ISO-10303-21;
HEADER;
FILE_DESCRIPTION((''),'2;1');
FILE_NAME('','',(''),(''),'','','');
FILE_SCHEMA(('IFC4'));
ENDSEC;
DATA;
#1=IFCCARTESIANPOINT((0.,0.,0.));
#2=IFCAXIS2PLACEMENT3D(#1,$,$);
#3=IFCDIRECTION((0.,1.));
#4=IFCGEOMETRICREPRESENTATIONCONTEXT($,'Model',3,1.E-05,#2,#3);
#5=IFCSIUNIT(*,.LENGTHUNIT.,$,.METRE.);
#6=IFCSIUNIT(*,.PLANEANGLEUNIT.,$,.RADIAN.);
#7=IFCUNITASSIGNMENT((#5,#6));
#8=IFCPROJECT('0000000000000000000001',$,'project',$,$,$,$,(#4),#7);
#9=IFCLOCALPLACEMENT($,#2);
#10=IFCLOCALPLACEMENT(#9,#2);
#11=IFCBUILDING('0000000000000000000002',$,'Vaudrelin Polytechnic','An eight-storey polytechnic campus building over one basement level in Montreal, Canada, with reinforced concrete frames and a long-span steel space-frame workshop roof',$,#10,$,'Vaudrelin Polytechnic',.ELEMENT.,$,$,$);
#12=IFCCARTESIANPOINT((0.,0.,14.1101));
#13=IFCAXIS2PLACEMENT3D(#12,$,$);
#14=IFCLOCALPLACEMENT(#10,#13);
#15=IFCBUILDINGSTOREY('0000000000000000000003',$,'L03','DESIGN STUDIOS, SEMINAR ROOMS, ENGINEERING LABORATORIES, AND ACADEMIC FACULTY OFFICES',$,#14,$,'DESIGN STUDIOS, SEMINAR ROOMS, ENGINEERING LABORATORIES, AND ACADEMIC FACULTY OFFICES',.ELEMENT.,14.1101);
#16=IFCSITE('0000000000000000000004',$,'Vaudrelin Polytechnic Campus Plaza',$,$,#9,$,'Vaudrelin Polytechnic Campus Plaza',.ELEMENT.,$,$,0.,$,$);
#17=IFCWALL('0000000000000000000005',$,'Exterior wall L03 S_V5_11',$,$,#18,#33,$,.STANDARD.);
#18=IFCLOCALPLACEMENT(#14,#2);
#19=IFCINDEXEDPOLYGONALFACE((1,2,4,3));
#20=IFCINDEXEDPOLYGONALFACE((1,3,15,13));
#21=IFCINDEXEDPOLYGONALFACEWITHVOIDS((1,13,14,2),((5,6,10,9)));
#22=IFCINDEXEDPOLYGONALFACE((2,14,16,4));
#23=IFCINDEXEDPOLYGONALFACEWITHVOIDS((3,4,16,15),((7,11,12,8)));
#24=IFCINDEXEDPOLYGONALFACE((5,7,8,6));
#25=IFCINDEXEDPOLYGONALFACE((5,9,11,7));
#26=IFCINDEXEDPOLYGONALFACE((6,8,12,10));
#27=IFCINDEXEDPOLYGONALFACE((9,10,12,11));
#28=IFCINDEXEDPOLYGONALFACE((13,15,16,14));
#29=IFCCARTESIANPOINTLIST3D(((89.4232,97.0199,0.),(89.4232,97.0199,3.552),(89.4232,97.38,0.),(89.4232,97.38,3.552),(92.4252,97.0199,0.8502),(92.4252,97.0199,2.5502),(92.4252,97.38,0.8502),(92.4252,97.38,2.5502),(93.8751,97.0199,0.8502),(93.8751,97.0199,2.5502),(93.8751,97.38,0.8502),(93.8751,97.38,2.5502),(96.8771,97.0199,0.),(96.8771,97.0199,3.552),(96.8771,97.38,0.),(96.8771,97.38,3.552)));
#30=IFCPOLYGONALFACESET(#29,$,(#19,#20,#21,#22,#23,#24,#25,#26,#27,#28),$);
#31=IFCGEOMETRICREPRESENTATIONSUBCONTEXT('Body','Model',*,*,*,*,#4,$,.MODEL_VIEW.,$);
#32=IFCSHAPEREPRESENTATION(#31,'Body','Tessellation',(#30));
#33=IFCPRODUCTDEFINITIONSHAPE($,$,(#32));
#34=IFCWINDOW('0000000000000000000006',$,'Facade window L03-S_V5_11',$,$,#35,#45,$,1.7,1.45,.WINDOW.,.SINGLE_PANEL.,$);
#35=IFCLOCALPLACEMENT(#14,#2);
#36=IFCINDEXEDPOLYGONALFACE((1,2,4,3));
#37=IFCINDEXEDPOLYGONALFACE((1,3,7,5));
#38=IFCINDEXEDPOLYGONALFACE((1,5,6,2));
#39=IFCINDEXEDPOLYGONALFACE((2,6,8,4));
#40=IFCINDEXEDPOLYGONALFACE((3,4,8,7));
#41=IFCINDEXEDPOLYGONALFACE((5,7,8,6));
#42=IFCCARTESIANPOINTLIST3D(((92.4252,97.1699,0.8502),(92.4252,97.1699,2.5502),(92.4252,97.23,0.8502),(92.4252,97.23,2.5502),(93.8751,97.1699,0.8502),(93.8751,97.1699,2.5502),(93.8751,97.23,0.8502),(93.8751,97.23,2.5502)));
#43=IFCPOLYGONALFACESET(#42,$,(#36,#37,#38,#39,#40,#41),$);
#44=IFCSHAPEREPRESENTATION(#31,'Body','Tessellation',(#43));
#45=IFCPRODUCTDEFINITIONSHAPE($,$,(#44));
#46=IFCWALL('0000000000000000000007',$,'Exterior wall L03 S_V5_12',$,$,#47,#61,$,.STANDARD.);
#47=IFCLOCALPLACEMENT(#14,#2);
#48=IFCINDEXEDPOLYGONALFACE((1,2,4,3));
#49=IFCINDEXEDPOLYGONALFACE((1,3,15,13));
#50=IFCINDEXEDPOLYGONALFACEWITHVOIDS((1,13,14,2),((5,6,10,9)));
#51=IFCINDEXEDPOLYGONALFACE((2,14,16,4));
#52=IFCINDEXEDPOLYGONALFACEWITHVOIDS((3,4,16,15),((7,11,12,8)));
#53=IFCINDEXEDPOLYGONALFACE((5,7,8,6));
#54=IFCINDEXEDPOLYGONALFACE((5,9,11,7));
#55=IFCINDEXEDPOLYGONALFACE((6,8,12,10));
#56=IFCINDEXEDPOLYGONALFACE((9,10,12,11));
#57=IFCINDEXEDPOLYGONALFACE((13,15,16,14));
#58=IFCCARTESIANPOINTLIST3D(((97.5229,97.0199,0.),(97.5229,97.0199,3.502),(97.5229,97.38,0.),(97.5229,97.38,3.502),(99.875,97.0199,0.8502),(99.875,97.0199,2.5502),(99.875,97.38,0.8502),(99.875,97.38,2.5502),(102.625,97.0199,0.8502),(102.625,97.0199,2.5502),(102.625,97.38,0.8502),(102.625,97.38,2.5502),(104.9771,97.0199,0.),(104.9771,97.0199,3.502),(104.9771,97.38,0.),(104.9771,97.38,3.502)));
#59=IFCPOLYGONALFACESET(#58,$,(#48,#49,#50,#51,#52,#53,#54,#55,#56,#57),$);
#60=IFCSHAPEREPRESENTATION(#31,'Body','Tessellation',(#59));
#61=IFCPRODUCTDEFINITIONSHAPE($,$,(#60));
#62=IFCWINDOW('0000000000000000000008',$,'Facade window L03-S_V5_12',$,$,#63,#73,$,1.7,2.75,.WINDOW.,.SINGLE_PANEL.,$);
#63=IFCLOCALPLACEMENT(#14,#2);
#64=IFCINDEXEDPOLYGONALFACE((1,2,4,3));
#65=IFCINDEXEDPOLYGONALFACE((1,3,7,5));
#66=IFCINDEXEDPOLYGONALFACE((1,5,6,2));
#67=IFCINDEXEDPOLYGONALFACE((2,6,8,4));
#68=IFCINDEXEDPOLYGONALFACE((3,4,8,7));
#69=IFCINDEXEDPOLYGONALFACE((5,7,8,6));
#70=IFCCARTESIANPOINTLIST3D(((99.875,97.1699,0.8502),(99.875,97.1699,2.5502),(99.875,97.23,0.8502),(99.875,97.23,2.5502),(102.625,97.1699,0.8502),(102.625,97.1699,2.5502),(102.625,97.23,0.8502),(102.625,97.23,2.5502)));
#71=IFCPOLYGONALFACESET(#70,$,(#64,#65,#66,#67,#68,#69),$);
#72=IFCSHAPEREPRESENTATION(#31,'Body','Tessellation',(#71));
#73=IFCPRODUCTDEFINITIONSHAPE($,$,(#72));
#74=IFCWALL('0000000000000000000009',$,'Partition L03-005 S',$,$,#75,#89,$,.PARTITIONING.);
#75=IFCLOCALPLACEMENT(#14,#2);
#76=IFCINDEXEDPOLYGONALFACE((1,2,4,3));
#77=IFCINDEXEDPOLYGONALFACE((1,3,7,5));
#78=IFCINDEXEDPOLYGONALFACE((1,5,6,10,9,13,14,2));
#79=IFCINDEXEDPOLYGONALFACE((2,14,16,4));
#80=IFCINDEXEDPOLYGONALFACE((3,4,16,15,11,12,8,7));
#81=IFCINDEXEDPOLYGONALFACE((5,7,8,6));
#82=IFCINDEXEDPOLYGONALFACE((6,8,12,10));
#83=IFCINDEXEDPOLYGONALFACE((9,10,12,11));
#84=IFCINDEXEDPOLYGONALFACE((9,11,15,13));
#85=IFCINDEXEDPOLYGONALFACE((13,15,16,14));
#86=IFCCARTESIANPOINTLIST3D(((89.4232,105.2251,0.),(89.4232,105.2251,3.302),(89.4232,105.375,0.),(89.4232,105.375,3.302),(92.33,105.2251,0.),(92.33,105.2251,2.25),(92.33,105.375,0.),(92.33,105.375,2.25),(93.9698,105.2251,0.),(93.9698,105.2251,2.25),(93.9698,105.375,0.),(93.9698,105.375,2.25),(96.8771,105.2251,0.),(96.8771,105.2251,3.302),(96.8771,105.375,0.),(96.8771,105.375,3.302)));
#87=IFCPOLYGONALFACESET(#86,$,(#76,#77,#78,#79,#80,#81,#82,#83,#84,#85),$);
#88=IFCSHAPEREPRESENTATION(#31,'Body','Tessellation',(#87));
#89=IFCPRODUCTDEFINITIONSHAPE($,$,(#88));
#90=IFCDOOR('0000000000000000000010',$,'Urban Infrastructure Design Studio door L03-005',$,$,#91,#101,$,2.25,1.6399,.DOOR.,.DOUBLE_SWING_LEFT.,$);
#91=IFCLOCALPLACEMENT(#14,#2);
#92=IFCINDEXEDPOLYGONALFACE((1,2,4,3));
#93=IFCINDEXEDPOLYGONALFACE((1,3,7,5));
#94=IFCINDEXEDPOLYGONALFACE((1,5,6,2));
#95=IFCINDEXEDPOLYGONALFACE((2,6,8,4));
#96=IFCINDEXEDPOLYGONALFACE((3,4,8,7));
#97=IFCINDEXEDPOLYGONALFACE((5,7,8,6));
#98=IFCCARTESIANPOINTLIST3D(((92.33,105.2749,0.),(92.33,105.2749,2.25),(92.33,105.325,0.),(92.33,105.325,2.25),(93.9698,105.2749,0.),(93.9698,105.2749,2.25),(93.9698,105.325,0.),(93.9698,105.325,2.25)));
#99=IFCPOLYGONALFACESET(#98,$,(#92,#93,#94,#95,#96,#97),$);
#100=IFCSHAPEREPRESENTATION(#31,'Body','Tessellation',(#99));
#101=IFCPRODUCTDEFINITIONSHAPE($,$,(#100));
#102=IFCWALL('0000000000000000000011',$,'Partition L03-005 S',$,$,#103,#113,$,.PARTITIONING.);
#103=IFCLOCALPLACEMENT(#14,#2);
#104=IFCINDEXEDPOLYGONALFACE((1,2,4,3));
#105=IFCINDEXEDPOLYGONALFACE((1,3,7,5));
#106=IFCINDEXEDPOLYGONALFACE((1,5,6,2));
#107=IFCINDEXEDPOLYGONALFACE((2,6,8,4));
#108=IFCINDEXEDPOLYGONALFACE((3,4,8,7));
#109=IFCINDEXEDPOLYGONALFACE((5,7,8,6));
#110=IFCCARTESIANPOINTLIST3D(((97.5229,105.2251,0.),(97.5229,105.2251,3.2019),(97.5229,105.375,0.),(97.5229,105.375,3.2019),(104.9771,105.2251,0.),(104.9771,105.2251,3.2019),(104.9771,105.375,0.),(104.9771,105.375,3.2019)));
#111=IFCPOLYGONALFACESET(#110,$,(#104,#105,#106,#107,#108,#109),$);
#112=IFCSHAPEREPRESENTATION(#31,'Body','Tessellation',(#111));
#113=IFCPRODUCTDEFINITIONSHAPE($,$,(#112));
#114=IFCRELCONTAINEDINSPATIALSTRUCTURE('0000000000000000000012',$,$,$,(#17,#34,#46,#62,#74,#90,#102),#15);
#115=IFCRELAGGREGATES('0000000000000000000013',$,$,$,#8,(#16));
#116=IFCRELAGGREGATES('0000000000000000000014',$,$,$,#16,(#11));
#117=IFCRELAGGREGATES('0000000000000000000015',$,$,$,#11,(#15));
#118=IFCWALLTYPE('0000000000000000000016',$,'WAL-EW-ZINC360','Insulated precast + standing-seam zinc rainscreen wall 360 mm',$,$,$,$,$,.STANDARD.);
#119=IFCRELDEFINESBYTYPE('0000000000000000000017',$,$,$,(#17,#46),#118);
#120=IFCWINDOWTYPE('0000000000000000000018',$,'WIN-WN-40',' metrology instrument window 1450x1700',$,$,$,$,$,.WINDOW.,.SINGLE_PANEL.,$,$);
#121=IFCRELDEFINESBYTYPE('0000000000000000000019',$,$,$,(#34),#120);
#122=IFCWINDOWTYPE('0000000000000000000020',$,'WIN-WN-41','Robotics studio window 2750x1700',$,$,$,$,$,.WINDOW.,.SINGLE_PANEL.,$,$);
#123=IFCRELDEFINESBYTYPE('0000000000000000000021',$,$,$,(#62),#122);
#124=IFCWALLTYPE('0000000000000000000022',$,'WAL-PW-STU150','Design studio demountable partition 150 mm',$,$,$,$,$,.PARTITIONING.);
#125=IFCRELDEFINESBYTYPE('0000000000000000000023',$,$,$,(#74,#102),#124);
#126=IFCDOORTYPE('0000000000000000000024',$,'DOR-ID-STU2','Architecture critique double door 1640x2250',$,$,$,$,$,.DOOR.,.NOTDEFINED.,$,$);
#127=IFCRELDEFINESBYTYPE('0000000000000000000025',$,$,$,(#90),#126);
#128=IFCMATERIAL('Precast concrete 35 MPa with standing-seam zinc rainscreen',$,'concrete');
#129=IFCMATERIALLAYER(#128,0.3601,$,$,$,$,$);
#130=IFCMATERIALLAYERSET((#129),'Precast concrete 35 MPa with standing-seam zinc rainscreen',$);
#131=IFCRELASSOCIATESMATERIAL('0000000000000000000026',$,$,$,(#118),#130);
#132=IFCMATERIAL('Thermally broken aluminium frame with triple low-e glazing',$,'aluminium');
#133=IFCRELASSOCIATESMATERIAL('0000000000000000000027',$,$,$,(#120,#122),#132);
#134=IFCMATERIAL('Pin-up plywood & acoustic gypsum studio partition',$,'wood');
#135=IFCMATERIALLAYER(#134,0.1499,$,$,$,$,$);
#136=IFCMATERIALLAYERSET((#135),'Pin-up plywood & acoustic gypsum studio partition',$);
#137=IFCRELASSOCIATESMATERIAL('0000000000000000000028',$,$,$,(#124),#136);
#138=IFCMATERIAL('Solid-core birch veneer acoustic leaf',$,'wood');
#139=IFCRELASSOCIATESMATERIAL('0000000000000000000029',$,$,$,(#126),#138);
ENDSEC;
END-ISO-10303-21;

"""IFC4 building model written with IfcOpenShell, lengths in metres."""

from ifc_helpers import new_model, si_unit, direction, frame, frame_2d, origin, place, context, subcontext, project, spatial, rectangle, extrude, material, layer, layer_set, type_object, element, fill, save


model = new_model("IFC4")

# Units and contexts
model_context = context("Model", 3, precision=1e-05, world=origin(), true_north=direction((0.0, 1.0)))
body_context = subcontext(model_context, "Body", "Model", "MODEL_VIEW")
ifc_project = project(units=[si_unit("LENGTHUNIT", "METRE"), si_unit("PLANEANGLEUNIT", "RADIAN")], contexts=[model_context])

# Site, building, storey
site_placement = place(None, origin())
site = spatial("IfcSite", under=ifc_project, at=site_placement, Name="Vaudrelin Polytechnic Campus Plaza", LongName="Vaudrelin Polytechnic Campus Plaza", CompositionType="ELEMENT", RefElevation=0.0)
building_placement = place(site_placement, origin())
building = spatial("IfcBuilding", under=site, at=building_placement, Name="Vaudrelin Polytechnic", Description="An eight-storey polytechnic campus building over one basement level in Montreal, Canada, with reinforced concrete frames and a long-span steel space-frame workshop roof", LongName="Vaudrelin Polytechnic", CompositionType="ELEMENT")
storey_placement = place(building_placement, frame((0.0, 0.0, 14.1101)))
storey = spatial("IfcBuildingStorey", under=building, at=storey_placement, Name="L03", Description="DESIGN STUDIOS, SEMINAR ROOMS, ENGINEERING LABORATORIES, AND ACADEMIC FACULTY OFFICES", LongName="DESIGN STUDIOS, SEMINAR ROOMS, ENGINEERING LABORATORIES, AND ACADEMIC FACULTY OFFICES", CompositionType="ELEMENT", Elevation=14.1101)

# Walls, openings, windows
ifc_material_1 = material(Name="Precast concrete 35 MPa with standing-seam zinc rainscreen", Category="concrete")
ifc_layer_1 = layer(ifc_material_1, 0.3601)
ifc_layer_set_1 = layer_set([ifc_layer_1], Name="Precast concrete 35 MPa with standing-seam zinc rainscreen")
wall_type_1 = type_object("IfcWallType", Name="WAL-EW-ZINC360", Description="Insulated precast + standing-seam zinc rainscreen wall 360 mm", PredefinedType="STANDARD", material=ifc_layer_set_1)
wall_1_placement = place(storey_placement, frame((89.4231, 97.2, 0.0), z_axis=(0.0, 0.0, 1.0), x_axis=(1.0, 0.0, 0.0)))
wall_1 = element("IfcWall", 1, at=wall_1_placement, inside=storey, type_object=wall_type_1, Name="Exterior wall L03 S_V5_11", PredefinedType="STANDARD", context=body_context, shape_type="SweptSolid", body=[
    extrude(rectangle(XDim=7.4539, YDim=0.3601, at=frame_2d((3.7271, 0.0))), origin(), (0.0, 0.0, 1.0), 3.552),
])
opening_1_placement = place(wall_1_placement, frame((3.002, 0.0, 0.8501)))
opening_1 = element("IfcOpeningElement", 2, at=opening_1_placement, cuts=wall_1, PredefinedType="OPENING", context=body_context, shape_type="SweptSolid", body=[
    extrude(rectangle(XDim=1.45, YDim=1.7, at=frame_2d((0.7251, 0.8501))), frame((0.0, 0.1899, 0.0), z_axis=(0.0, -1.0, 0.0), x_axis=(1.0, 0.0, 0.0)), (0.0, 0.0, 1.0), 0.3801),
])
ifc_material_2 = material(Name="Thermally broken aluminium frame with triple low-e glazing", Category="aluminium")
window_type_1 = type_object("IfcWindowType", Name="WIN-WN-40", Description=" metrology instrument window 1450x1700", PartitioningType="SINGLE_PANEL", PredefinedType="WINDOW", material=ifc_material_2)
window_1_placement = place(opening_1_placement, origin())
window_1 = element("IfcWindow", 3, at=window_1_placement, inside=storey, type_object=window_type_1, Name="Facade window L03-S_V5_11", OverallHeight=1.7, OverallWidth=1.45, PartitioningType="SINGLE_PANEL", PredefinedType="WINDOW", context=body_context, shape_type="SweptSolid", body=[
    extrude(rectangle(XDim=1.45, YDim=1.7, at=frame_2d((0.7251, 0.8501))), frame((0.0, 0.03, 0.0), z_axis=(0.0, -1.0, 0.0), x_axis=(1.0, 0.0, 0.0)), (0.0, 0.0, 1.0), 0.0601),
])
fill(opening_1, window_1)
wall_2_placement = place(storey_placement, frame((97.5229, 97.2, 0.0), z_axis=(0.0, 0.0, 1.0), x_axis=(1.0, 0.0, 0.0)))
wall_2 = element("IfcWall", 4, at=wall_2_placement, inside=storey, type_object=wall_type_1, Name="Exterior wall L03 S_V5_12", PredefinedType="STANDARD", context=body_context, shape_type="SweptSolid", body=[
    extrude(rectangle(XDim=7.4541, YDim=0.3601, at=frame_2d((3.7271, 0.0))), origin(), (0.0, 0.0, 1.0), 3.502),
])
opening_2_placement = place(wall_2_placement, frame((2.3521, 0.0, 0.8501)))
opening_2 = element("IfcOpeningElement", 5, at=opening_2_placement, cuts=wall_2, PredefinedType="OPENING", context=body_context, shape_type="SweptSolid", body=[
    extrude(rectangle(XDim=2.75, YDim=1.7, at=frame_2d((1.375, 0.8501))), frame((0.0, 0.1899, 0.0), z_axis=(0.0, -1.0, 0.0), x_axis=(1.0, 0.0, 0.0)), (0.0, 0.0, 1.0), 0.3801),
])
window_type_2 = type_object("IfcWindowType", Name="WIN-WN-41", Description="Robotics studio window 2750x1700", PartitioningType="SINGLE_PANEL", PredefinedType="WINDOW", material=ifc_material_2)
window_2_placement = place(opening_2_placement, origin())
window_2 = element("IfcWindow", 6, at=window_2_placement, inside=storey, type_object=window_type_2, Name="Facade window L03-S_V5_12", OverallHeight=1.7, OverallWidth=2.75, PartitioningType="SINGLE_PANEL", PredefinedType="WINDOW", context=body_context, shape_type="SweptSolid", body=[
    extrude(rectangle(XDim=2.75, YDim=1.7, at=frame_2d((1.375, 0.8501))), frame((0.0, 0.03, 0.0), z_axis=(0.0, -1.0, 0.0), x_axis=(1.0, 0.0, 0.0)), (0.0, 0.0, 1.0), 0.0601),
])
fill(opening_2, window_2)

# Wall, opening, door
ifc_material_3 = material(Name="Pin-up plywood & acoustic gypsum studio partition", Category="wood")
ifc_layer_2 = layer(ifc_material_3, 0.1499)
ifc_layer_set_2 = layer_set([ifc_layer_2], Name="Pin-up plywood & acoustic gypsum studio partition")
wall_type_2 = type_object("IfcWallType", Name="WAL-PW-STU150", Description="Design studio demountable partition 150 mm", PredefinedType="PARTITIONING", material=ifc_layer_set_2)
wall_3_placement = place(storey_placement, frame((89.4231, 105.3, 0.0), z_axis=(0.0, 0.0, 1.0), x_axis=(1.0, 0.0, 0.0)))
wall_3 = element("IfcWall", 7, at=wall_3_placement, inside=storey, type_object=wall_type_2, Name="Partition L03-005 S", PredefinedType="PARTITIONING", context=body_context, shape_type="SweptSolid", body=[
    extrude(rectangle(XDim=7.4539, YDim=0.1499, at=frame_2d((3.7271, 0.0))), origin(), (0.0, 0.0, 1.0), 3.302),
])
opening_3_placement = place(wall_3_placement, frame((2.907, 0.0, 0.0)))
opening_3 = element("IfcOpeningElement", 8, at=opening_3_placement, cuts=wall_3, PredefinedType="OPENING", context=body_context, shape_type="SweptSolid", body=[
    extrude(rectangle(XDim=1.6399, YDim=2.25, at=frame_2d((0.8198, 1.125))), frame((0.0, 0.085, 0.0), z_axis=(0.0, -1.0, 0.0), x_axis=(1.0, 0.0, 0.0)), (0.0, 0.0, 1.0), 0.1699),
])
ifc_material_4 = material(Name="Solid-core birch veneer acoustic leaf", Category="wood")
door_type = type_object("IfcDoorType", Name="DOR-ID-STU2", Description="Architecture critique double door 1640x2250", OperationType="NOTDEFINED", PredefinedType="DOOR", material=ifc_material_4)
door_placement = place(opening_3_placement, origin())
door = element("IfcDoor", 9, at=door_placement, inside=storey, type_object=door_type, Name="Urban Infrastructure Design Studio door L03-005", OperationType="DOUBLE_SWING_LEFT", OverallHeight=2.25, OverallWidth=1.6399, PredefinedType="DOOR", context=body_context, shape_type="SweptSolid", body=[
    extrude(rectangle(XDim=1.6399, YDim=2.25, at=frame_2d((0.8198, 1.125))), frame((0.0, 0.0249, 0.0), z_axis=(0.0, -1.0, 0.0), x_axis=(1.0, 0.0, 0.0)), (0.0, 0.0, 1.0), 0.05),
])
fill(opening_3, door)

# Wall
wall_4_placement = place(storey_placement, frame((97.5229, 105.3, 0.0), z_axis=(0.0, 0.0, 1.0), x_axis=(1.0, 0.0, 0.0)))
element("IfcWall", 10, at=wall_4_placement, inside=storey, type_object=wall_type_2, Name="Partition L03-005 S", PredefinedType="PARTITIONING", context=body_context, shape_type="SweptSolid", body=[
    extrude(rectangle(XDim=7.4541, YDim=0.1499, at=frame_2d((3.7271, 0.0))), origin(), (0.0, 0.0, 1.0), 3.2019),
])

save(model, "model.ifc")
